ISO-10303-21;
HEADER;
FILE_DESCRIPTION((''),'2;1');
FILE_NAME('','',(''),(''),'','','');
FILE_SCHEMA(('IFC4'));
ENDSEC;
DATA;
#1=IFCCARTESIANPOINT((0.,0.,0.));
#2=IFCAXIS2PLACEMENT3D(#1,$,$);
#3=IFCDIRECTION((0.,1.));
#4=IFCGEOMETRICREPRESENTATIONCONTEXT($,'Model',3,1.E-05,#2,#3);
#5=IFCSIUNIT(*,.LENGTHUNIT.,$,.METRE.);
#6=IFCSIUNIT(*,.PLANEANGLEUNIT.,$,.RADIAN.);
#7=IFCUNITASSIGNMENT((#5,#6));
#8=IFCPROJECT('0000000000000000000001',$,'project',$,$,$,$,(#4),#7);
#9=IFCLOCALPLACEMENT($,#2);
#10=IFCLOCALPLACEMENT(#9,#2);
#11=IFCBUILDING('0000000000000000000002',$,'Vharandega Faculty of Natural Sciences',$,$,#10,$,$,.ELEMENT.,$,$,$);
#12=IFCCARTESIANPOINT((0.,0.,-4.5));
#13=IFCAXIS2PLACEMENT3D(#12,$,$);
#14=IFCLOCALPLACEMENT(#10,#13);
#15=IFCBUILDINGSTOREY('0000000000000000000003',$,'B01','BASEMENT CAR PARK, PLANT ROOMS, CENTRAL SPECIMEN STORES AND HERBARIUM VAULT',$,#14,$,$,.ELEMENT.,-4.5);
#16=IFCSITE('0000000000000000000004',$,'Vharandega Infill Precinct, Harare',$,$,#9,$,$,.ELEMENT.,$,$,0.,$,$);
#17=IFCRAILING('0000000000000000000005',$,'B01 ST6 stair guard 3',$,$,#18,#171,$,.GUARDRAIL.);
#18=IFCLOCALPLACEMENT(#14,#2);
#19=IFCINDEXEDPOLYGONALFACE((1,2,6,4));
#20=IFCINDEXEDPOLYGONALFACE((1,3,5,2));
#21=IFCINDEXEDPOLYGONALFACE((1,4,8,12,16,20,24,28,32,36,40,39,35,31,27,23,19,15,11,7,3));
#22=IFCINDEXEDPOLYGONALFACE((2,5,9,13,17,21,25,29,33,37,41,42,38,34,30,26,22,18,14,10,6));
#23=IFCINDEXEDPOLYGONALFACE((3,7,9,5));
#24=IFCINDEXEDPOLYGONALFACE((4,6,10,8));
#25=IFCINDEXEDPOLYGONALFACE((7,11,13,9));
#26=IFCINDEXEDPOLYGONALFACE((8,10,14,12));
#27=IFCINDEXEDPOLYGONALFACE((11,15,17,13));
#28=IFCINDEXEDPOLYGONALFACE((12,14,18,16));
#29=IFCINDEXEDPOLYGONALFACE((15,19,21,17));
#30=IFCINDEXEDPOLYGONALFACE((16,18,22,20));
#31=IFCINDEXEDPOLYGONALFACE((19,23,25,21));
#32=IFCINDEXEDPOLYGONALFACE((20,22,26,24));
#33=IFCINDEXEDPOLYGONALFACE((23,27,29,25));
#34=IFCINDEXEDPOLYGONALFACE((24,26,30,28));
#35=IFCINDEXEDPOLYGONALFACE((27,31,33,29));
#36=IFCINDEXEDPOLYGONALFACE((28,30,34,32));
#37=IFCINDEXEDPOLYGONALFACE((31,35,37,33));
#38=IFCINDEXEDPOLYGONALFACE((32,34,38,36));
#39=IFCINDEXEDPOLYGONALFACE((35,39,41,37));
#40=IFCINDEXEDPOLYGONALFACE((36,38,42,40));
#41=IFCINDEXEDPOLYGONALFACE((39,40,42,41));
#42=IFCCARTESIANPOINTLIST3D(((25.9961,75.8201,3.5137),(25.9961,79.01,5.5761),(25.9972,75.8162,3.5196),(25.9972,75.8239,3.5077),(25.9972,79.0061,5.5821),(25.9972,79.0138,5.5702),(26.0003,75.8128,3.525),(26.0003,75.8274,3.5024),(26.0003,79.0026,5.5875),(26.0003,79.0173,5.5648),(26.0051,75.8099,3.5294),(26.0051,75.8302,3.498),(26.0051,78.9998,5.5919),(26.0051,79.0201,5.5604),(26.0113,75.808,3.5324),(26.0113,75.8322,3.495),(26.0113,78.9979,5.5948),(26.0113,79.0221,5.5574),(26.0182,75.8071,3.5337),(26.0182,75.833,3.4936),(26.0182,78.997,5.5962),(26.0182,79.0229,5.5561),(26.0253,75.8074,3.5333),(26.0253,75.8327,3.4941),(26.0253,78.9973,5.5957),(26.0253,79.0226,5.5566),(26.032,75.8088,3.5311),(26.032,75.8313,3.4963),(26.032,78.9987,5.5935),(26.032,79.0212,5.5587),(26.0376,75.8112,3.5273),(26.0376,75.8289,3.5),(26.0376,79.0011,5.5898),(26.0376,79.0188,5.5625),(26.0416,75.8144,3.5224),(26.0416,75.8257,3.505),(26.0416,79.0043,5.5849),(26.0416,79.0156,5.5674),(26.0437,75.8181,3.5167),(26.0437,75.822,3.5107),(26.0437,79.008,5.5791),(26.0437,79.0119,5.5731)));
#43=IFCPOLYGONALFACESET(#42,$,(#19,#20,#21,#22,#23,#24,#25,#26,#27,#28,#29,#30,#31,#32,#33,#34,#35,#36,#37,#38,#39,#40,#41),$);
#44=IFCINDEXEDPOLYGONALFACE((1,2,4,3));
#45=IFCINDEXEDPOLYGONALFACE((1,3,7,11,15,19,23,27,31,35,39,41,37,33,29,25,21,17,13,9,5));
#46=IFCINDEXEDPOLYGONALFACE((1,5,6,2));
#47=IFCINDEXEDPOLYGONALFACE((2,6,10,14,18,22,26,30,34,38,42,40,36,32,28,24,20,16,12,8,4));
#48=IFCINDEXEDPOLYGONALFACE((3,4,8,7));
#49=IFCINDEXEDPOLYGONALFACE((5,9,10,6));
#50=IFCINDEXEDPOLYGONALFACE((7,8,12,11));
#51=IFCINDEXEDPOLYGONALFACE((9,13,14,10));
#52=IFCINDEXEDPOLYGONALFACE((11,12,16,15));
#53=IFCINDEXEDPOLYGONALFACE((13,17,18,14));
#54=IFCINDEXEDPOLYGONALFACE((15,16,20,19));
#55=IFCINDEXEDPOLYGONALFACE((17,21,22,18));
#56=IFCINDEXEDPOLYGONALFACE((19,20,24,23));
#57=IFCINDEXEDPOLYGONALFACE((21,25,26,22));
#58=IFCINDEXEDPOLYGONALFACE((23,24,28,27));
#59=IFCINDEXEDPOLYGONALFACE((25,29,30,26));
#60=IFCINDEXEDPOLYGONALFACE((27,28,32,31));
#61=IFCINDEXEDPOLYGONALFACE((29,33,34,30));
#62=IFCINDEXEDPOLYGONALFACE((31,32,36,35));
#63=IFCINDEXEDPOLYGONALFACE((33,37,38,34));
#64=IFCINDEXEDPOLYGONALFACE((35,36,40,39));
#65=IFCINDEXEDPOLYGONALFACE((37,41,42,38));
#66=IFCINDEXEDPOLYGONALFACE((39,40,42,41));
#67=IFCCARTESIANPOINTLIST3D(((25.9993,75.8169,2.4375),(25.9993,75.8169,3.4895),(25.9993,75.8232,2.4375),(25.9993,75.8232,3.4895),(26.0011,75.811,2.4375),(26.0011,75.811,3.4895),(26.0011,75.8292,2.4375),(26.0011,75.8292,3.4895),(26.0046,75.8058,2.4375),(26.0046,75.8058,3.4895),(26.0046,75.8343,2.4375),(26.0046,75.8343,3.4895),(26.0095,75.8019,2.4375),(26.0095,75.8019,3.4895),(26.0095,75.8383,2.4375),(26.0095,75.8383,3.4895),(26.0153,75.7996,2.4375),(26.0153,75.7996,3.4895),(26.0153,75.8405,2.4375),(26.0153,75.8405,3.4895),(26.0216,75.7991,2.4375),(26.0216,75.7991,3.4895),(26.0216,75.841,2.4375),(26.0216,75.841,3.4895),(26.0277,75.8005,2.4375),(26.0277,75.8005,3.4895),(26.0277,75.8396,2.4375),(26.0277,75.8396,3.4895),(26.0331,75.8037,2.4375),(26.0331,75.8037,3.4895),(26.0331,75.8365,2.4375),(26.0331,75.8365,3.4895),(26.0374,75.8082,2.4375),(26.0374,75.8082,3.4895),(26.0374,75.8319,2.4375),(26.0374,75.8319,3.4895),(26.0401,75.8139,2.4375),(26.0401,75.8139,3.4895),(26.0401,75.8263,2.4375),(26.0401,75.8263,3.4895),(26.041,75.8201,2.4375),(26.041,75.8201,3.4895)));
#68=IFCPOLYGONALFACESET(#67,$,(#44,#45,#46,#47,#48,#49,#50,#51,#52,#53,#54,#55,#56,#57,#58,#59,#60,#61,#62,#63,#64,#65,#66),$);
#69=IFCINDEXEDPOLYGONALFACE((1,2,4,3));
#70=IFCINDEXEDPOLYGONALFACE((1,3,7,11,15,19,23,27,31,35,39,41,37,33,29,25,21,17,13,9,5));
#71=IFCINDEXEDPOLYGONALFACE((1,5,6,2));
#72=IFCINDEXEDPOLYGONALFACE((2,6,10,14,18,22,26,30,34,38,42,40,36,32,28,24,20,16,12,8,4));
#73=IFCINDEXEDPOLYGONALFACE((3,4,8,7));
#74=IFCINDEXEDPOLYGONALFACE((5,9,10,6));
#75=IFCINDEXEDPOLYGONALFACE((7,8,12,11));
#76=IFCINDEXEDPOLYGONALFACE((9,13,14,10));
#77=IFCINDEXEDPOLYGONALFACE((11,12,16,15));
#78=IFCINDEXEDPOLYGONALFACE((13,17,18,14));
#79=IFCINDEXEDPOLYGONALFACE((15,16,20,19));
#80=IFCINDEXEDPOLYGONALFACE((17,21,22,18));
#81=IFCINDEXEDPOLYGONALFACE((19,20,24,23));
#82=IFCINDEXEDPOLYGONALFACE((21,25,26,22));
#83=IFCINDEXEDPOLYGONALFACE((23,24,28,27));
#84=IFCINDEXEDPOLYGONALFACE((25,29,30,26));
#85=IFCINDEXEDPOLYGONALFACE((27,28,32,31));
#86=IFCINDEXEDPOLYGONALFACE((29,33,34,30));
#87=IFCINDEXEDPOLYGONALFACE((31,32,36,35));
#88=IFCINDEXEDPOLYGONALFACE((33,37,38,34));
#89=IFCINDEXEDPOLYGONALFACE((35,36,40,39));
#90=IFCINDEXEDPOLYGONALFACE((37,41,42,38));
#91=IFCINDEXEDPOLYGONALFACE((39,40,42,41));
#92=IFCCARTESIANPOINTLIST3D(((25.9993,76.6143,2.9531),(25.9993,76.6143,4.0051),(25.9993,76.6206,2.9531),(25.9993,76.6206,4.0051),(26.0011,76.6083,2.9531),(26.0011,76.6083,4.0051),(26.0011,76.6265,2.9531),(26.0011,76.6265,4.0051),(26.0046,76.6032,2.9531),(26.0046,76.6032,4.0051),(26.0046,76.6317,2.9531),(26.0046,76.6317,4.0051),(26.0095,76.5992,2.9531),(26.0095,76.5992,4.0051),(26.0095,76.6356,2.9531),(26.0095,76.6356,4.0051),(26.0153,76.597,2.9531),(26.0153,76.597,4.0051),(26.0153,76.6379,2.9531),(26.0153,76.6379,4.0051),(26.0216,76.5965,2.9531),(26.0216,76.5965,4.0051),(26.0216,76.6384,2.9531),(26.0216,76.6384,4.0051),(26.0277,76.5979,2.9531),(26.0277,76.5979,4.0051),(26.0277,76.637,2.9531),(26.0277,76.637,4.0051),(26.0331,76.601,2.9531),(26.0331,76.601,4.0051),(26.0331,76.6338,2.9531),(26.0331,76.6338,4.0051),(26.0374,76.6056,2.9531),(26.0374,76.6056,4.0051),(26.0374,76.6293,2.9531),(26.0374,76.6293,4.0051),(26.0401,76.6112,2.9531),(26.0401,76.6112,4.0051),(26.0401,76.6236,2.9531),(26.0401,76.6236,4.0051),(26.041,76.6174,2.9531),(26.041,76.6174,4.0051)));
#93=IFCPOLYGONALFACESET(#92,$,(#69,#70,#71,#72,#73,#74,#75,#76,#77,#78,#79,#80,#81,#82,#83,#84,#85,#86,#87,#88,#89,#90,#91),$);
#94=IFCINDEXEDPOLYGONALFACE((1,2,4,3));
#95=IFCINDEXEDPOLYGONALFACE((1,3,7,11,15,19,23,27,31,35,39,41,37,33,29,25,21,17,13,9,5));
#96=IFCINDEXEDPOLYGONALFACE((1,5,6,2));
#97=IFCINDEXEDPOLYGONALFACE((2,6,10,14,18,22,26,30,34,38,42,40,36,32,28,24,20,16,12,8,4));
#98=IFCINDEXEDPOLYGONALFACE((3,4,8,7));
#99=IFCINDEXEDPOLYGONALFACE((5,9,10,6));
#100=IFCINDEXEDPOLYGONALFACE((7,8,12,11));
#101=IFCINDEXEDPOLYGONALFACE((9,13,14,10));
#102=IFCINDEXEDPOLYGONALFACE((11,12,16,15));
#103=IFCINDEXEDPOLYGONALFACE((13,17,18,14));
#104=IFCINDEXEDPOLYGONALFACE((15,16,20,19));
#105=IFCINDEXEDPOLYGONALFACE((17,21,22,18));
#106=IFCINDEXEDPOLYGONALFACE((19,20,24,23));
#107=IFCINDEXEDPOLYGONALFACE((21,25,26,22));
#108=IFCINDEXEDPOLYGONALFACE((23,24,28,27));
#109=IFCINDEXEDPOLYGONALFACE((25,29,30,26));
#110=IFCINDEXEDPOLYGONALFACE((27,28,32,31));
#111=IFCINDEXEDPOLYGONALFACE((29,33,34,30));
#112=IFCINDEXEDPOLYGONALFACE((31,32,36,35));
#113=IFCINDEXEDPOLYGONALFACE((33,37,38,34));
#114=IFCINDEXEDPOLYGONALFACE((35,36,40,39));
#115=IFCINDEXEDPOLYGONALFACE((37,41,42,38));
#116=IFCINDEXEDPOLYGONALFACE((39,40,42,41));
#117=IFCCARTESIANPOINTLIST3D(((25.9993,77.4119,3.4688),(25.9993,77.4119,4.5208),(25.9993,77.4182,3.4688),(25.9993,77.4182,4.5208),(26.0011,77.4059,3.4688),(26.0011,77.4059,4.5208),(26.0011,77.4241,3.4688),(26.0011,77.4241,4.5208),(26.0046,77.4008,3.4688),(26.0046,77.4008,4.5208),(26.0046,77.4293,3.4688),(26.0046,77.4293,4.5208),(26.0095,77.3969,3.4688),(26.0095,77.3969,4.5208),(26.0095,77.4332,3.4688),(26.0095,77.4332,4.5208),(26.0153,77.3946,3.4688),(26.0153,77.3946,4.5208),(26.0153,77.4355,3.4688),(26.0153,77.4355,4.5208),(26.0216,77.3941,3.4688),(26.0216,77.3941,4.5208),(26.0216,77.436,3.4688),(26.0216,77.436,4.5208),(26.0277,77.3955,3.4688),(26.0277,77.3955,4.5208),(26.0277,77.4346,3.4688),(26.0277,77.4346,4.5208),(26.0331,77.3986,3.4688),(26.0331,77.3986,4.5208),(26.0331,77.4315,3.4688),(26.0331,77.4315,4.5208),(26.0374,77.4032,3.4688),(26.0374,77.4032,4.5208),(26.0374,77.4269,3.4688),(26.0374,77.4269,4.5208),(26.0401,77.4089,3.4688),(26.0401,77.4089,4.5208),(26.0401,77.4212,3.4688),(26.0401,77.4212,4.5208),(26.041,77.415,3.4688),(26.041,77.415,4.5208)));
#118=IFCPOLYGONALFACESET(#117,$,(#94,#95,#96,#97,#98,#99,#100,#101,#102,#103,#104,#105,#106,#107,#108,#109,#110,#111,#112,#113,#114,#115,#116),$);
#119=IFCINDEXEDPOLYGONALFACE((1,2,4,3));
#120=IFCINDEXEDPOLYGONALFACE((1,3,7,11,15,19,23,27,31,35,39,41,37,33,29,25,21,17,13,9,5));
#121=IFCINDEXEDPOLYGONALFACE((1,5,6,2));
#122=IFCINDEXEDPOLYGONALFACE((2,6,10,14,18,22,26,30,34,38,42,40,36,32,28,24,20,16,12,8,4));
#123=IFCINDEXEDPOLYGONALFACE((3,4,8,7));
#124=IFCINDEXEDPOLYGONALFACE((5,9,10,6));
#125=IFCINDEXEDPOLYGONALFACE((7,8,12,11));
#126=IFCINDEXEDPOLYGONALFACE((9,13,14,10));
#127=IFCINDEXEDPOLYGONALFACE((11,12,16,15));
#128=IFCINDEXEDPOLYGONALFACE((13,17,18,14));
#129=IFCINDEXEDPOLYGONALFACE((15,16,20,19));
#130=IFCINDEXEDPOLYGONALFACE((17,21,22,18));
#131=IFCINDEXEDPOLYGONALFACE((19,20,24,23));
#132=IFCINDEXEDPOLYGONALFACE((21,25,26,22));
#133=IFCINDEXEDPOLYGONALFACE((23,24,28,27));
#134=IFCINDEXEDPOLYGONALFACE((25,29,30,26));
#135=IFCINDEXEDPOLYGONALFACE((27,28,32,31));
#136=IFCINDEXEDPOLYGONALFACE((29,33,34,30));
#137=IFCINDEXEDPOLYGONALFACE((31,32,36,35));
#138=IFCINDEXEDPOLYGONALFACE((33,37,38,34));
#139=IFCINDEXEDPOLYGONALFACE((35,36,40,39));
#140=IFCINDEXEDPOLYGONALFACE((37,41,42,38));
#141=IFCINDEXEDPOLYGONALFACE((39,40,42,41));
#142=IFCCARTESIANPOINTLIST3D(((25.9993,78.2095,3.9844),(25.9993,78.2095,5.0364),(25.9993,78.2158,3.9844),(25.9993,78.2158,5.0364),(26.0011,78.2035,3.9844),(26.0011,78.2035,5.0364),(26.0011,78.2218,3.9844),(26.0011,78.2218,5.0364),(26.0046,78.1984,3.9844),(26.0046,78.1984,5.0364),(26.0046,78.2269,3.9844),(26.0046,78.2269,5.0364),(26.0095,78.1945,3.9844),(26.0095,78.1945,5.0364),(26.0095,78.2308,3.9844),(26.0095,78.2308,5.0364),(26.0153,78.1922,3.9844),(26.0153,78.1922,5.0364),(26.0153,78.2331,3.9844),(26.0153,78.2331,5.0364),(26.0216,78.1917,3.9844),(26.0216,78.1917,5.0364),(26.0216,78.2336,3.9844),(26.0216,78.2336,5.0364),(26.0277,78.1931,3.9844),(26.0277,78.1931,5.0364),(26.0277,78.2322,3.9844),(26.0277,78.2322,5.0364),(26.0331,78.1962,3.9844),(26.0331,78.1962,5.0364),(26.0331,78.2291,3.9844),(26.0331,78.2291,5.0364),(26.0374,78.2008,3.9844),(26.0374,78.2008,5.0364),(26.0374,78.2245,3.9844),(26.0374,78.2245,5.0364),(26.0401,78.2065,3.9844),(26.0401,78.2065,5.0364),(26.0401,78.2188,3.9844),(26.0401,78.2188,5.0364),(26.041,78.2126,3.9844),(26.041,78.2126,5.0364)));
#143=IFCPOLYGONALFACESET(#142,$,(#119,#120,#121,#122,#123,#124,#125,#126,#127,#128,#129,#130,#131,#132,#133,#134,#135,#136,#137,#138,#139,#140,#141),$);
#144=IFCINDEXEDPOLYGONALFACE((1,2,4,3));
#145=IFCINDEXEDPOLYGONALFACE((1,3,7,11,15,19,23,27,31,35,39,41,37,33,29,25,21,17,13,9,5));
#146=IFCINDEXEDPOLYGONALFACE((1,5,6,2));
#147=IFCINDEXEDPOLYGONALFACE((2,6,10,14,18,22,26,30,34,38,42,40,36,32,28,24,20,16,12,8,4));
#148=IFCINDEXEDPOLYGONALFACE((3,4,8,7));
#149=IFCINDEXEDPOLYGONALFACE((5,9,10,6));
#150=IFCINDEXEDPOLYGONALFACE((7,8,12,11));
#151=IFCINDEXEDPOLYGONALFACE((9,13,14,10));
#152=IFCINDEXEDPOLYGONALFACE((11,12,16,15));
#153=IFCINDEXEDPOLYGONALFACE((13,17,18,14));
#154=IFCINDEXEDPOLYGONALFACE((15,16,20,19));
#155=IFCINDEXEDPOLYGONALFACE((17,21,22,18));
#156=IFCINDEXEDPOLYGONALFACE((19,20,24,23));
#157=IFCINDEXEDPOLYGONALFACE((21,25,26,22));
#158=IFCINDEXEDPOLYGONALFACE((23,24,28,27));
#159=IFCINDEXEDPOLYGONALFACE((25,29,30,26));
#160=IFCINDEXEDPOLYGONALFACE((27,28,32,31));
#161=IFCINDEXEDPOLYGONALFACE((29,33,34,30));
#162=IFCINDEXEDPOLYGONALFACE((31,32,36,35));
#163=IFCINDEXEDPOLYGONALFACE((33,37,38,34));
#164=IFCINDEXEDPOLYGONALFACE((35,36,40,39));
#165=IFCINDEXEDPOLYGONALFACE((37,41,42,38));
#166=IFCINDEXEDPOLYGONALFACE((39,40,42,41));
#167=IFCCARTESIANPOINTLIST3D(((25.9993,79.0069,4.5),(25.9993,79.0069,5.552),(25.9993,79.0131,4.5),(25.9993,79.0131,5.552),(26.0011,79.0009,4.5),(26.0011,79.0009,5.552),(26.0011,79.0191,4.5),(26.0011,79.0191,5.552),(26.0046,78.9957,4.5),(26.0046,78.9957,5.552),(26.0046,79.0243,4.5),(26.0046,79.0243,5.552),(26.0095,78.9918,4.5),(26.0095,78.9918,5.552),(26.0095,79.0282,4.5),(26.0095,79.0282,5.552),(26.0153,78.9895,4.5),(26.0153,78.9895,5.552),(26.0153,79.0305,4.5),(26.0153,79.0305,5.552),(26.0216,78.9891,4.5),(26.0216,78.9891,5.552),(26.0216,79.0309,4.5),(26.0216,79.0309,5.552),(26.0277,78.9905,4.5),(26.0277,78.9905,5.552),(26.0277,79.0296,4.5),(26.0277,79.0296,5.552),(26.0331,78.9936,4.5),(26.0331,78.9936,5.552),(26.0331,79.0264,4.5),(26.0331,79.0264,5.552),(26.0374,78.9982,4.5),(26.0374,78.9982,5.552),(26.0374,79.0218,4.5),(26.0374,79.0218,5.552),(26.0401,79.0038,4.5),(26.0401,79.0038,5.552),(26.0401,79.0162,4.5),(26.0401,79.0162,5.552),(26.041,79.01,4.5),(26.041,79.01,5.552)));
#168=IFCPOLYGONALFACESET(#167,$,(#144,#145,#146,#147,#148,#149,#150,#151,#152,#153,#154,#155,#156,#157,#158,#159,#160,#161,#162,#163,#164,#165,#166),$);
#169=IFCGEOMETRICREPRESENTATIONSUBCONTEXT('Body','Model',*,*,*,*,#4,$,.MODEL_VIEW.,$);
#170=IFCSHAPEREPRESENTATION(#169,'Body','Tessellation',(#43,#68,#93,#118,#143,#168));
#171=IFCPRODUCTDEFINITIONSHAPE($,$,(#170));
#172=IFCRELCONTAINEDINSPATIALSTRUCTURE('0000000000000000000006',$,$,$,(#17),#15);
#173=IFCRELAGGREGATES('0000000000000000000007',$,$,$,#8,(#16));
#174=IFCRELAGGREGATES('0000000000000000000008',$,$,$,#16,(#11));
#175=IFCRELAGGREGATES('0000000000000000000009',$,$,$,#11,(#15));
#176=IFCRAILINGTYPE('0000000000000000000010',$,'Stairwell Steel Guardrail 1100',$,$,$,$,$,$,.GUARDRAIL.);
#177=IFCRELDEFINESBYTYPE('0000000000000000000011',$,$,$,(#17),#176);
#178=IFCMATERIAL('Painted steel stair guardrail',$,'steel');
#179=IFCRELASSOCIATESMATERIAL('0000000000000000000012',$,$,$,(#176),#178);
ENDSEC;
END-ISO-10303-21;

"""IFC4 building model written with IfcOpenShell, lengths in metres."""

from ifc_helpers import new_model, si_unit, direction, frame, origin, origin_2d, place, context, subcontext, project, spatial, circle, extrude, material, type_object, element, save


model = new_model("IFC4")

# Units and contexts
model_context = context("Model", 3, precision=1e-05, world=origin(), true_north=direction((0.0, 1.0)))
body_context = subcontext(model_context, "Body", "Model", "MODEL_VIEW")
ifc_project = project(units=[si_unit("LENGTHUNIT", "METRE"), si_unit("PLANEANGLEUNIT", "RADIAN")], contexts=[model_context])

# Site, building, storey
site_placement = place(None, origin())
site = spatial("IfcSite", under=ifc_project, at=site_placement, Name="Vharandega Infill Precinct, Harare", CompositionType="ELEMENT", RefElevation=0.0)
building_placement = place(site_placement, origin())
building = spatial("IfcBuilding", under=site, at=building_placement, Name="Vharandega Faculty of Natural Sciences", CompositionType="ELEMENT")
storey_placement = place(building_placement, frame((0.0, 0.0, -4.5)))
storey = spatial("IfcBuildingStorey", under=building, at=storey_placement, Name="B01", Description="BASEMENT CAR PARK, PLANT ROOMS, CENTRAL SPECIMEN STORES AND HERBARIUM VAULT", CompositionType="ELEMENT", Elevation=-4.5)

# Railing
ifc_material_1 = material(Name="Painted steel stair guardrail", Category="steel")
railing_type_1 = type_object("IfcRailingType", Name="Stairwell Steel Guardrail 1100", PredefinedType="GUARDRAIL", material=ifc_material_1)
railing_1_placement = place(storey_placement, frame((26.02, 75.8201, 2.4375)))
element("IfcRailing", 1, at=railing_1_placement, inside=storey, type_object=railing_type_1, Name="B01 ST6 stair guard 3", PredefinedType="GUARDRAIL", context=body_context, shape_type="SweptSolid", body=[
    extrude(circle(Radius=0.0239, at=origin_2d()), frame((0.0, 0.0, 1.0762), z_axis=(0.0, 0.83976, 0.542958), x_axis=(-1.0, 0.0, 0.0)), (0.0, 0.0, 1.0), 3.7986),
    extrude(circle(Radius=0.021, at=origin_2d()), origin(), (0.0, 0.0, 1.0), 1.052),
    extrude(circle(Radius=0.021, at=origin_2d()), frame((0.0, 0.7974, 0.5156)), (0.0, 0.0, 1.0), 1.052),
    extrude(circle(Radius=0.021, at=origin_2d()), frame((0.0, 1.595, 1.0312)), (0.0, 0.0, 1.0), 1.052),
    extrude(circle(Radius=0.021, at=origin_2d()), frame((0.0, 2.3926, 1.5469)), (0.0, 0.0, 1.0), 1.052),
    extrude(circle(Radius=0.021, at=origin_2d()), frame((0.0, 3.1899, 2.0625)), (0.0, 0.0, 1.0), 1.052),
])

save(model, "model.ifc")
